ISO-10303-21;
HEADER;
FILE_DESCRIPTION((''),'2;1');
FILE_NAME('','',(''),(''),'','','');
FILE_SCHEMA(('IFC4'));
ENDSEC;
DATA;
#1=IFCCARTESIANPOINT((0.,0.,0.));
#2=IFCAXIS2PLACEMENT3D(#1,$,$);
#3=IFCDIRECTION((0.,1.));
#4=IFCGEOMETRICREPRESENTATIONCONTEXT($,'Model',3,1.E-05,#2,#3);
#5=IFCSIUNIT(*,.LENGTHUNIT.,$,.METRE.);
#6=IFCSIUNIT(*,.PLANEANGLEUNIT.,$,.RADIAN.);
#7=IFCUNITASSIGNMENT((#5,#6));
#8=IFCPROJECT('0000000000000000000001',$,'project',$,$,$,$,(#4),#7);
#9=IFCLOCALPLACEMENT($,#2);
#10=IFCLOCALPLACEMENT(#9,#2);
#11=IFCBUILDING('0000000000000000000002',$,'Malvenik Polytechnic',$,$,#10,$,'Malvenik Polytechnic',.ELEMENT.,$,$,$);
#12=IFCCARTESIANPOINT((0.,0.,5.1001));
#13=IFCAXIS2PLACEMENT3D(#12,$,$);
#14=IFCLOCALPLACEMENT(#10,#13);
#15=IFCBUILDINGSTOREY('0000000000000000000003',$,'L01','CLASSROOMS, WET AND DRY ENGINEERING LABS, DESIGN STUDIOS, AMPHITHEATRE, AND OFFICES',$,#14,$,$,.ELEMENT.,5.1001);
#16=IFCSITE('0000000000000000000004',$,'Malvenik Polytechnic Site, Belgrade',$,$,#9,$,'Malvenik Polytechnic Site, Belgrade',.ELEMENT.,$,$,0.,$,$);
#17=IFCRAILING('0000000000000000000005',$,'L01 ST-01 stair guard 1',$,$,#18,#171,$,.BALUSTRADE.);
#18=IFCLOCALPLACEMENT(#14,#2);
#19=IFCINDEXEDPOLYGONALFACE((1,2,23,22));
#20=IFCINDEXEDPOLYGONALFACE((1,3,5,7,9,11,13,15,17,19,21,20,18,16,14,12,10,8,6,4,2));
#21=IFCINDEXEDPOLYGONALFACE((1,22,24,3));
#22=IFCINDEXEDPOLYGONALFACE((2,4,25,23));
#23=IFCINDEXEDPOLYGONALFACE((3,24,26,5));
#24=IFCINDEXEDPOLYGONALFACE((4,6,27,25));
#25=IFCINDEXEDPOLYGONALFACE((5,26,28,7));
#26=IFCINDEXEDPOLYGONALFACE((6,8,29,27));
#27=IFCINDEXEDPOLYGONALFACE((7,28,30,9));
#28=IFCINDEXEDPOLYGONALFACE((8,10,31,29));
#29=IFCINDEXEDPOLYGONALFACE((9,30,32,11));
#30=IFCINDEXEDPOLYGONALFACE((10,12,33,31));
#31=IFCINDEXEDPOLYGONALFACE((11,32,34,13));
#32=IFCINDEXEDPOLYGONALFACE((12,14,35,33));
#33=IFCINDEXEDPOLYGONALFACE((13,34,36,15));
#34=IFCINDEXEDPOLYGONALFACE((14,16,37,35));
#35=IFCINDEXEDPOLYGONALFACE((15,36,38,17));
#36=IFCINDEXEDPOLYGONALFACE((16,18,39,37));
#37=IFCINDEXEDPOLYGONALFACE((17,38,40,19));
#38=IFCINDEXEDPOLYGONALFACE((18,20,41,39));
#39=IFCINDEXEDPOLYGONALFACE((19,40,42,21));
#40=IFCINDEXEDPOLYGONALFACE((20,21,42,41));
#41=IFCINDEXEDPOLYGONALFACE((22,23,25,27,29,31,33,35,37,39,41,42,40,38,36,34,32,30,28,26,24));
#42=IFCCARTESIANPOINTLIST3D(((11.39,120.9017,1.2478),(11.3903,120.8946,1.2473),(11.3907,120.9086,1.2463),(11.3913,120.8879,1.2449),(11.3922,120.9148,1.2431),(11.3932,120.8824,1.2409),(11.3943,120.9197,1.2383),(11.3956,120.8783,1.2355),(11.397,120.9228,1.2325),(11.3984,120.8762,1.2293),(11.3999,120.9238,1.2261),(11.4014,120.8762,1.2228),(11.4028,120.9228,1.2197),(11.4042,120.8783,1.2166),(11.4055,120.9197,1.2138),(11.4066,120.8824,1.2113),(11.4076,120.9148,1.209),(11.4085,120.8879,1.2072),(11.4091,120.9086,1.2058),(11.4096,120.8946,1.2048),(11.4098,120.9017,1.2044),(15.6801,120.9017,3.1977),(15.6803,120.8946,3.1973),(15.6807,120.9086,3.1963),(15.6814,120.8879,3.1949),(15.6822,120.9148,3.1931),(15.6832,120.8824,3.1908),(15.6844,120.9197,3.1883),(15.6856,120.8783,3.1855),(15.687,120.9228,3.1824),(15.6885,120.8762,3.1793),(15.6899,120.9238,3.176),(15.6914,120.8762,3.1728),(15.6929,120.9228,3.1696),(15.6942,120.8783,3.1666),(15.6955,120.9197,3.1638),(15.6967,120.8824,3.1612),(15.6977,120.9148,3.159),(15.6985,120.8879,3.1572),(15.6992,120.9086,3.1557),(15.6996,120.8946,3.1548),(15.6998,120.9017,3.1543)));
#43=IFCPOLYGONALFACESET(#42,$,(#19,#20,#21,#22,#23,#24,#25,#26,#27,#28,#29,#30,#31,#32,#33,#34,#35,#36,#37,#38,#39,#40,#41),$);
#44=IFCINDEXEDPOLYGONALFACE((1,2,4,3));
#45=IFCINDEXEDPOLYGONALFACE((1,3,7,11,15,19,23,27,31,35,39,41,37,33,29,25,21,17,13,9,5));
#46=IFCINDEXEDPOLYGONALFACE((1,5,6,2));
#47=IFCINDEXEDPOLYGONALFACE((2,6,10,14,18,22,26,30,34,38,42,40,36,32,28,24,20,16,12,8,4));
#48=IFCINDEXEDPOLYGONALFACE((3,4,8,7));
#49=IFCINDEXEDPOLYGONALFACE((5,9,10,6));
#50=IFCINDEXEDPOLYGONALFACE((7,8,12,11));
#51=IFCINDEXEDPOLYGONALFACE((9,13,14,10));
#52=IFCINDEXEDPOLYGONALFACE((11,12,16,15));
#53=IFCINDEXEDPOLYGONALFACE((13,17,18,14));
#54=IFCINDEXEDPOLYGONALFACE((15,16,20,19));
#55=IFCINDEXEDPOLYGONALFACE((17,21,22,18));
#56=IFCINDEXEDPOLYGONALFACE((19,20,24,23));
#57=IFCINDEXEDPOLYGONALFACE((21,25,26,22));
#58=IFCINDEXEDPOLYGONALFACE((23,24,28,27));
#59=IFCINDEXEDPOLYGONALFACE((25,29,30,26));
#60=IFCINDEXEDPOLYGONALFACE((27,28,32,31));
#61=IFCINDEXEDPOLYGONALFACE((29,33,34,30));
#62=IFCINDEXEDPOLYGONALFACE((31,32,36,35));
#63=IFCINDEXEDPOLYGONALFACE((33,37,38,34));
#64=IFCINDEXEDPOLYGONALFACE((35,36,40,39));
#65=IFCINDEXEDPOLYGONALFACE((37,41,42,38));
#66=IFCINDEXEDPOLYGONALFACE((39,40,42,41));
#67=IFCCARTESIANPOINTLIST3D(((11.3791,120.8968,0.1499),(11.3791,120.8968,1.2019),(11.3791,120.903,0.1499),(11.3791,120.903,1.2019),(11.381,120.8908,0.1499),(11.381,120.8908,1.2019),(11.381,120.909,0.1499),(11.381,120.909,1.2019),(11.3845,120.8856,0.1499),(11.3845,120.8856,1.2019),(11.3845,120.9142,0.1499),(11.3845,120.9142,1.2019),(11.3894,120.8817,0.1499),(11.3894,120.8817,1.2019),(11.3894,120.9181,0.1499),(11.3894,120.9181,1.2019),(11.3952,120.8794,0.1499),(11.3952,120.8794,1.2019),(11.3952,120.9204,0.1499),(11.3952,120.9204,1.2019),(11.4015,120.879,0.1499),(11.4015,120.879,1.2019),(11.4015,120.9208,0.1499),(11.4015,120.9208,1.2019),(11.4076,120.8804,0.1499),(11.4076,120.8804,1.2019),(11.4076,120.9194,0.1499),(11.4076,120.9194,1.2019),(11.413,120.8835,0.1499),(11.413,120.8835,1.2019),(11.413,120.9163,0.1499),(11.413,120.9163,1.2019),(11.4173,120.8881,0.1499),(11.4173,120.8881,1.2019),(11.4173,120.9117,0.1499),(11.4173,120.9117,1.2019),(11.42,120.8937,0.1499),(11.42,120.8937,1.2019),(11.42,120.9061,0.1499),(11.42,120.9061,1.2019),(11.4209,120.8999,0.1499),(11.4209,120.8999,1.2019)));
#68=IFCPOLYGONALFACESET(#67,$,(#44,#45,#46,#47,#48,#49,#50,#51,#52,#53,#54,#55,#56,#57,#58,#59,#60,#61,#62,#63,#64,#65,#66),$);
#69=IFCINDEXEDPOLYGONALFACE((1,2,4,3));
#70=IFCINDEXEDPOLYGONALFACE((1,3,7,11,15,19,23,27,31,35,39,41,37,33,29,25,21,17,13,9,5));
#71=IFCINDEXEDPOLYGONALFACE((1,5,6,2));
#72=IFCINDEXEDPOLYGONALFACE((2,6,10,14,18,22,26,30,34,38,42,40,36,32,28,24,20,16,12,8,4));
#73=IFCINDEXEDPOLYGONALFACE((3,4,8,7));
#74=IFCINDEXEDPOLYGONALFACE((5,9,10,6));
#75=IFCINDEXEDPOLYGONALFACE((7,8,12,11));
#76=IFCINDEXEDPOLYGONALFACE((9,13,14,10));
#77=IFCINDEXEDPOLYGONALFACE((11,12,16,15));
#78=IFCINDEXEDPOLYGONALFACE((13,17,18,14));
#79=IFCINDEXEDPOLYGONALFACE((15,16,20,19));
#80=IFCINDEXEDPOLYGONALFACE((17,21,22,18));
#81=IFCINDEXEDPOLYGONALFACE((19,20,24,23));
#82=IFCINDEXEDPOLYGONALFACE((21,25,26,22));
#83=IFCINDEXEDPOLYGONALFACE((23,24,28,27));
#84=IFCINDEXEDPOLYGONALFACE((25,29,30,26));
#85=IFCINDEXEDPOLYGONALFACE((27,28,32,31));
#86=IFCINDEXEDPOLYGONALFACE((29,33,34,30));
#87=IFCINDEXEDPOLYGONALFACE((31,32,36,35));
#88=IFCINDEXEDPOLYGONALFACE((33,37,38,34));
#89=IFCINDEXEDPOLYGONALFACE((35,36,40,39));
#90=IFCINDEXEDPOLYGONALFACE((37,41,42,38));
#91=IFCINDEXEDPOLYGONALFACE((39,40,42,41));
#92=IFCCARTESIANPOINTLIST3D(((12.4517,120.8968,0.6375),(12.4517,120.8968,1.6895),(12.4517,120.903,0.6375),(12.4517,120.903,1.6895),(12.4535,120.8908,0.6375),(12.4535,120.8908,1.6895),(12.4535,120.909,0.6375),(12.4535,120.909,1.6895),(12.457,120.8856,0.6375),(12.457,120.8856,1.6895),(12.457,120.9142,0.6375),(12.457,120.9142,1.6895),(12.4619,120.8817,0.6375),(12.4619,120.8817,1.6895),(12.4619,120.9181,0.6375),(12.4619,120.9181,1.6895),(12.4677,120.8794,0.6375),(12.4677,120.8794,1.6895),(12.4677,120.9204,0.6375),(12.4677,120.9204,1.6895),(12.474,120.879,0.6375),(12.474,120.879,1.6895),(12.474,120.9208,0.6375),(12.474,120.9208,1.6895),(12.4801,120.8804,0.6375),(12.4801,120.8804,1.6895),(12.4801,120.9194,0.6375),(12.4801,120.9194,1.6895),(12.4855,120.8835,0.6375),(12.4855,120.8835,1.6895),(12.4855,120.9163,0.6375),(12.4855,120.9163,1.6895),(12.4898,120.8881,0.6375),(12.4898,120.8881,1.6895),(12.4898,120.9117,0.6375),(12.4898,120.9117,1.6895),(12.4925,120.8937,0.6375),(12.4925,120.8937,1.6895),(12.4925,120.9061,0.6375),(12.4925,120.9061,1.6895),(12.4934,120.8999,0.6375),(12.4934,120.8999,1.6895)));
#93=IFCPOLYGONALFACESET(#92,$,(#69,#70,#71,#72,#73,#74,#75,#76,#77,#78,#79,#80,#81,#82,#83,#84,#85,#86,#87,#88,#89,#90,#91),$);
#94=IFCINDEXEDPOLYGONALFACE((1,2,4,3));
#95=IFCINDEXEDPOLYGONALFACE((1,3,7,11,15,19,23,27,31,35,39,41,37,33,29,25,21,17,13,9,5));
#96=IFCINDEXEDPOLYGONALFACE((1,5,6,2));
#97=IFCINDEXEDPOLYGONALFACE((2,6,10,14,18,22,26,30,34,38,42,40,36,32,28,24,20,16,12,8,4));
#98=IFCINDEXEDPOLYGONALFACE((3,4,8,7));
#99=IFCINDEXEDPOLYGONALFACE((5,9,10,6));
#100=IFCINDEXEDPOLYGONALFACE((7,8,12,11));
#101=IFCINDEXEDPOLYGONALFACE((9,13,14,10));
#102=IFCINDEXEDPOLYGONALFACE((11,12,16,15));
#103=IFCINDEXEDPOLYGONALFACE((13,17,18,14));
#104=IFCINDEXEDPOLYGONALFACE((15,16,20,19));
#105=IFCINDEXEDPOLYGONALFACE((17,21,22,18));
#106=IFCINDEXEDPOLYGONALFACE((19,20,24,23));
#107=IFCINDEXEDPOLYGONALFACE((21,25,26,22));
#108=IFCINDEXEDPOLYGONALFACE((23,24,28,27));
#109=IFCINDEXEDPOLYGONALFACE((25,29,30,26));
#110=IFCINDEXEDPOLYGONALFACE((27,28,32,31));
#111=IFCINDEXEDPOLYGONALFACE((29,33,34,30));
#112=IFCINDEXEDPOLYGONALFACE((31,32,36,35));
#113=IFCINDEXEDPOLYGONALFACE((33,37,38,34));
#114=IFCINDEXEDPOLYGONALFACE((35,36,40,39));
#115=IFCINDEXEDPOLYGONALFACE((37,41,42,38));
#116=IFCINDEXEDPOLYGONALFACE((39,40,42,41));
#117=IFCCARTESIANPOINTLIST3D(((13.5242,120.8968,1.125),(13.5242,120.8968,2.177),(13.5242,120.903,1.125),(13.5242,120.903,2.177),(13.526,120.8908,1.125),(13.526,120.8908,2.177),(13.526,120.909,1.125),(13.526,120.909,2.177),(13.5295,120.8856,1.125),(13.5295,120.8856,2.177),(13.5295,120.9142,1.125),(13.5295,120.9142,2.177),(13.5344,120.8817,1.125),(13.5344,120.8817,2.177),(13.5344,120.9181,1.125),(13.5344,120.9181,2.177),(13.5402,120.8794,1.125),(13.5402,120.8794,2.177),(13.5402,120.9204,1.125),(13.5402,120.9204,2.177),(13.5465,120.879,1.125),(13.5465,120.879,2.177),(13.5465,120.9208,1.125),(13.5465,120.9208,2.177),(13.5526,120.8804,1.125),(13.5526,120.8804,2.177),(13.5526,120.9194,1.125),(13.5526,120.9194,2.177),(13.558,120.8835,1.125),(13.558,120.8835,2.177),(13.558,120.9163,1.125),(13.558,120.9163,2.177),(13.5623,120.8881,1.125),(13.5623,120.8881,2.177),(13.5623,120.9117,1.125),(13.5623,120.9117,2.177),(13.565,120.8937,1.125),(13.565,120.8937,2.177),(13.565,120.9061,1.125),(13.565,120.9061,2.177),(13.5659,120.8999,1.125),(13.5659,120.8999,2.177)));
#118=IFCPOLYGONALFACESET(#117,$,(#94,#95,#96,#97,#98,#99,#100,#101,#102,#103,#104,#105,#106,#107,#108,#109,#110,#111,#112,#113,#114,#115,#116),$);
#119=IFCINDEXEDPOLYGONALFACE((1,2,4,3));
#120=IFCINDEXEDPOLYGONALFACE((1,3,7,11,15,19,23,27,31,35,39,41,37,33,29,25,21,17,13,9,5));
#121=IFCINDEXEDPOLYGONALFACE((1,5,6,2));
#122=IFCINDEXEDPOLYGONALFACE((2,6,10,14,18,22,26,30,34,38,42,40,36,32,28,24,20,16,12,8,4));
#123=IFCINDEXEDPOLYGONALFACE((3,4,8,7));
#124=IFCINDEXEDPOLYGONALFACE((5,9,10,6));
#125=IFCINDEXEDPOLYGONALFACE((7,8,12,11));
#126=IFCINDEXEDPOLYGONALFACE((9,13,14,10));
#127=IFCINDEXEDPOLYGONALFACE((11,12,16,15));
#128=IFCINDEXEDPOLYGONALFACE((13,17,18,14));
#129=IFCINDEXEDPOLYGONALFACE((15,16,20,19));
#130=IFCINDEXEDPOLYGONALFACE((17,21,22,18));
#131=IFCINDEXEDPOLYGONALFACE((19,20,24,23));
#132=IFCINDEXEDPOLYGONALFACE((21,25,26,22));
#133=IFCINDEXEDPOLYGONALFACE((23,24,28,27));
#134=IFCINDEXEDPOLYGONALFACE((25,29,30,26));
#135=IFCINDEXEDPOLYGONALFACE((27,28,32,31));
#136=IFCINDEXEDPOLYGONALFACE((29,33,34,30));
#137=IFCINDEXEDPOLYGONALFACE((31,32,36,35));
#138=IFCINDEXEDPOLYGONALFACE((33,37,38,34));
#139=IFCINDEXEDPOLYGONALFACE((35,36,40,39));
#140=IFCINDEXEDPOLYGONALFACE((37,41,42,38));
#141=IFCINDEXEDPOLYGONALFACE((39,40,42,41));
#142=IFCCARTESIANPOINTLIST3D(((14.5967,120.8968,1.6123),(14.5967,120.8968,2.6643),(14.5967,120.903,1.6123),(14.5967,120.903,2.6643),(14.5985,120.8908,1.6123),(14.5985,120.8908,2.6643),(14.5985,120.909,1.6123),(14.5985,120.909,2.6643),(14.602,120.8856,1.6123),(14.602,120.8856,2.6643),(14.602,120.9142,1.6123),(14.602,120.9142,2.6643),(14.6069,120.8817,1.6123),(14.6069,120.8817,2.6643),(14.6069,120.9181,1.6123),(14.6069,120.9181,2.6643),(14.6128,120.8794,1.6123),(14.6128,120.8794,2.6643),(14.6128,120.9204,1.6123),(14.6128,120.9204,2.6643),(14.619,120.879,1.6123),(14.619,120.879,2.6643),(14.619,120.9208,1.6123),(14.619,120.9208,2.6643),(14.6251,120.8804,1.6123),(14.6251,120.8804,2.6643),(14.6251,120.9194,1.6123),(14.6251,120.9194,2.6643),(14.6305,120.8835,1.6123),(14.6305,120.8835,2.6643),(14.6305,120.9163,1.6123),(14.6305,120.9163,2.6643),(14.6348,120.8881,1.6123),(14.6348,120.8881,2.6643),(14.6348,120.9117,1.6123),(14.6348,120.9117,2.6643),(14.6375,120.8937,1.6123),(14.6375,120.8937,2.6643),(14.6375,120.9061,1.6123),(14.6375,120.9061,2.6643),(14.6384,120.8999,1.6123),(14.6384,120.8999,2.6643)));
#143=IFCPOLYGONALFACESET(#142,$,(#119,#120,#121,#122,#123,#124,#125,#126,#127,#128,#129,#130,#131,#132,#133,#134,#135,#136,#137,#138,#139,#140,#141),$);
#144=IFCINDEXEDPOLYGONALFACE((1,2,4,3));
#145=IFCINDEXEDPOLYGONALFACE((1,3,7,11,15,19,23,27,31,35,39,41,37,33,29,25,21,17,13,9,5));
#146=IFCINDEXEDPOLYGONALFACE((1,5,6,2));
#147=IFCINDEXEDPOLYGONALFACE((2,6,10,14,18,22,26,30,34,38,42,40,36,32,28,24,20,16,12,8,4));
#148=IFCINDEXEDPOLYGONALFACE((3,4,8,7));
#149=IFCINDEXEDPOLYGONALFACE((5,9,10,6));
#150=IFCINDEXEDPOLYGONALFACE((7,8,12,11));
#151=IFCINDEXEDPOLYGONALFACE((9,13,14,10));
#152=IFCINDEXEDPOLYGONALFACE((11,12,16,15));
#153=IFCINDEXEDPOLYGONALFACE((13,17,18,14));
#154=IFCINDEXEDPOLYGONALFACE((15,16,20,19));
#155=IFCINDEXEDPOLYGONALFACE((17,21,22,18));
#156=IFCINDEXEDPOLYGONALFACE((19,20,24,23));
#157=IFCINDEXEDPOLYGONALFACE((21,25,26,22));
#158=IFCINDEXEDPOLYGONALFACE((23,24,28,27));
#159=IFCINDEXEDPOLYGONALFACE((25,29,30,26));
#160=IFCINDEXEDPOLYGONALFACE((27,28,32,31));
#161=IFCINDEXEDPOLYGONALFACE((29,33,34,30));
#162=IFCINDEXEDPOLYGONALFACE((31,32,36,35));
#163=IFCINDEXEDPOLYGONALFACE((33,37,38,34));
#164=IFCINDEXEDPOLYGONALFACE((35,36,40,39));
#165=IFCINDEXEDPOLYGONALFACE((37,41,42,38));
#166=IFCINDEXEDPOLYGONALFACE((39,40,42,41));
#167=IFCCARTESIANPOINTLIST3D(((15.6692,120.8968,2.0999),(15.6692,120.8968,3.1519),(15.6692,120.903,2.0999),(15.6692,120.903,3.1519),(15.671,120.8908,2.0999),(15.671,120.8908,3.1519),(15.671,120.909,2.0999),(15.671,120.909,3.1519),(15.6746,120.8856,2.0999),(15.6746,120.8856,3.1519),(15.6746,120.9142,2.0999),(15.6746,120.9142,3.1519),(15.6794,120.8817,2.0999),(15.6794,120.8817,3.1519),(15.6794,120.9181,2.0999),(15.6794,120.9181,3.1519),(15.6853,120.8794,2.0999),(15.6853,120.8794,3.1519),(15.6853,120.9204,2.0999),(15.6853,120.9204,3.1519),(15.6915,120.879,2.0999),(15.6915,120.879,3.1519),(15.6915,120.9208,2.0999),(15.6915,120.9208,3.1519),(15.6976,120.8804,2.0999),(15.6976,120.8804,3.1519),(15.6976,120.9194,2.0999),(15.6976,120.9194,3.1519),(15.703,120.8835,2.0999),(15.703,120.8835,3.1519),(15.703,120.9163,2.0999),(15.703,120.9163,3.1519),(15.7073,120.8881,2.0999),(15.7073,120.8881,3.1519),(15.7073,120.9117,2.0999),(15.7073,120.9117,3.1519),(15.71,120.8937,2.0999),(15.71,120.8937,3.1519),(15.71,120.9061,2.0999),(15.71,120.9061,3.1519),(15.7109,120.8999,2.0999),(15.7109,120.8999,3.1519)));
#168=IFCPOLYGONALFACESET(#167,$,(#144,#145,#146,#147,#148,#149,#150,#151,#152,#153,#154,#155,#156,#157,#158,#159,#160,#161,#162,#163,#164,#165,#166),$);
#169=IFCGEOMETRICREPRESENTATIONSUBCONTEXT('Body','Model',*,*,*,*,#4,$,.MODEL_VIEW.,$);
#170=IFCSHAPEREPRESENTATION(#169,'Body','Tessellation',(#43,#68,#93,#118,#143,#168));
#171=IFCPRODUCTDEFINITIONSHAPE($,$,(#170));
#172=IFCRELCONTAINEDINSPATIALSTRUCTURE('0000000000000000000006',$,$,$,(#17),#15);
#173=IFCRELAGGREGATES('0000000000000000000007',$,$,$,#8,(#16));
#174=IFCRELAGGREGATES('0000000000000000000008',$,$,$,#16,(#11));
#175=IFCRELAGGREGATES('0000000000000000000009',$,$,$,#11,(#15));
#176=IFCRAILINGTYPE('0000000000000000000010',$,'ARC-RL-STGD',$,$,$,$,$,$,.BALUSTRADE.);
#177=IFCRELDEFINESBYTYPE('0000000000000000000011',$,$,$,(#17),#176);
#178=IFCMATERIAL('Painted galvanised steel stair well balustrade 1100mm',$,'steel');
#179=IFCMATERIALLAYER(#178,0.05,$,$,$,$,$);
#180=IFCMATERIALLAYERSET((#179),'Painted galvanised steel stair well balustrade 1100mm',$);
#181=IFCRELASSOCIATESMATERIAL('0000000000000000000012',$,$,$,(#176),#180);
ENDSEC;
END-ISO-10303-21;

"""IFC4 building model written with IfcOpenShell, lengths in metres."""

from ifc_helpers import new_model, si_unit, direction, frame, origin, origin_2d, place, context, subcontext, project, spatial, circle, extrude, material, layer, layer_set, type_object, element, save


model = new_model("IFC4")

# Units and contexts
model_context = context("Model", 3, precision=1e-05, world=origin(), true_north=direction((0.0, 1.0)))
body_context = subcontext(model_context, "Body", "Model", "MODEL_VIEW")
ifc_project = project(units=[si_unit("LENGTHUNIT", "METRE"), si_unit("PLANEANGLEUNIT", "RADIAN")], contexts=[model_context])

# Site, building, storey
site_placement = place(None, origin())
site = spatial("IfcSite", under=ifc_project, at=site_placement, Name="Malvenik Polytechnic Site, Belgrade", LongName="Malvenik Polytechnic Site, Belgrade", CompositionType="ELEMENT", RefElevation=0.0)
building_placement = place(site_placement, origin())
building = spatial("IfcBuilding", under=site, at=building_placement, Name="Malvenik Polytechnic", LongName="Malvenik Polytechnic", CompositionType="ELEMENT")
storey_placement = place(building_placement, frame((0.0, 0.0, 5.1001)))
storey = spatial("IfcBuildingStorey", under=building, at=storey_placement, Name="L01", Description="CLASSROOMS, WET AND DRY ENGINEERING LABS, DESIGN STUDIOS, AMPHITHEATRE, AND OFFICES", CompositionType="ELEMENT", Elevation=5.1001)

# Railing
ifc_material_1 = material(Name="Painted galvanised steel stair well balustrade 1100mm", Category="steel")
ifc_layer_1 = layer(ifc_material_1, 0.05)
ifc_layer_set_1 = layer_set([ifc_layer_1], Name="Painted galvanised steel stair well balustrade 1100mm")
railing_type_1 = type_object("IfcRailingType", Name="ARC-RL-STGD", PredefinedType="BALUSTRADE", material=ifc_layer_set_1)
railing_1_placement = place(storey_placement, frame((11.3999, 120.8999, 0.1499)))
element("IfcRailing", 1, at=railing_1_placement, inside=storey, type_object=railing_type_1, Name="L01 ST-01 stair guard 1", PredefinedType="BALUSTRADE", context=body_context, shape_type="SweptSolid", body=[
    extrude(circle(Radius=0.0239, at=origin_2d()), frame((0.0, 0.0, 1.0762), z_axis=(0.910372, 0.0, 0.413791), x_axis=(0.0, 1.0, 0.0)), (0.0, 0.0, 1.0), 4.7124),
    extrude(circle(Radius=0.021, at=origin_2d()), origin(), (0.0, 0.0, 1.0), 1.052),
    extrude(circle(Radius=0.021, at=origin_2d()), frame((1.0725, 0.0, 0.4875)), (0.0, 0.0, 1.0), 1.052),
    extrude(circle(Radius=0.021, at=origin_2d()), frame((2.145, 0.0, 0.9751)), (0.0, 0.0, 1.0), 1.052),
    extrude(circle(Radius=0.021, at=origin_2d()), frame((3.2175, 0.0, 1.4624)), (0.0, 0.0, 1.0), 1.052),
    extrude(circle(Radius=0.021, at=origin_2d()), frame((4.29, 0.0, 1.95)), (0.0, 0.0, 1.0), 1.052),
])

save(model, "model.ifc")
